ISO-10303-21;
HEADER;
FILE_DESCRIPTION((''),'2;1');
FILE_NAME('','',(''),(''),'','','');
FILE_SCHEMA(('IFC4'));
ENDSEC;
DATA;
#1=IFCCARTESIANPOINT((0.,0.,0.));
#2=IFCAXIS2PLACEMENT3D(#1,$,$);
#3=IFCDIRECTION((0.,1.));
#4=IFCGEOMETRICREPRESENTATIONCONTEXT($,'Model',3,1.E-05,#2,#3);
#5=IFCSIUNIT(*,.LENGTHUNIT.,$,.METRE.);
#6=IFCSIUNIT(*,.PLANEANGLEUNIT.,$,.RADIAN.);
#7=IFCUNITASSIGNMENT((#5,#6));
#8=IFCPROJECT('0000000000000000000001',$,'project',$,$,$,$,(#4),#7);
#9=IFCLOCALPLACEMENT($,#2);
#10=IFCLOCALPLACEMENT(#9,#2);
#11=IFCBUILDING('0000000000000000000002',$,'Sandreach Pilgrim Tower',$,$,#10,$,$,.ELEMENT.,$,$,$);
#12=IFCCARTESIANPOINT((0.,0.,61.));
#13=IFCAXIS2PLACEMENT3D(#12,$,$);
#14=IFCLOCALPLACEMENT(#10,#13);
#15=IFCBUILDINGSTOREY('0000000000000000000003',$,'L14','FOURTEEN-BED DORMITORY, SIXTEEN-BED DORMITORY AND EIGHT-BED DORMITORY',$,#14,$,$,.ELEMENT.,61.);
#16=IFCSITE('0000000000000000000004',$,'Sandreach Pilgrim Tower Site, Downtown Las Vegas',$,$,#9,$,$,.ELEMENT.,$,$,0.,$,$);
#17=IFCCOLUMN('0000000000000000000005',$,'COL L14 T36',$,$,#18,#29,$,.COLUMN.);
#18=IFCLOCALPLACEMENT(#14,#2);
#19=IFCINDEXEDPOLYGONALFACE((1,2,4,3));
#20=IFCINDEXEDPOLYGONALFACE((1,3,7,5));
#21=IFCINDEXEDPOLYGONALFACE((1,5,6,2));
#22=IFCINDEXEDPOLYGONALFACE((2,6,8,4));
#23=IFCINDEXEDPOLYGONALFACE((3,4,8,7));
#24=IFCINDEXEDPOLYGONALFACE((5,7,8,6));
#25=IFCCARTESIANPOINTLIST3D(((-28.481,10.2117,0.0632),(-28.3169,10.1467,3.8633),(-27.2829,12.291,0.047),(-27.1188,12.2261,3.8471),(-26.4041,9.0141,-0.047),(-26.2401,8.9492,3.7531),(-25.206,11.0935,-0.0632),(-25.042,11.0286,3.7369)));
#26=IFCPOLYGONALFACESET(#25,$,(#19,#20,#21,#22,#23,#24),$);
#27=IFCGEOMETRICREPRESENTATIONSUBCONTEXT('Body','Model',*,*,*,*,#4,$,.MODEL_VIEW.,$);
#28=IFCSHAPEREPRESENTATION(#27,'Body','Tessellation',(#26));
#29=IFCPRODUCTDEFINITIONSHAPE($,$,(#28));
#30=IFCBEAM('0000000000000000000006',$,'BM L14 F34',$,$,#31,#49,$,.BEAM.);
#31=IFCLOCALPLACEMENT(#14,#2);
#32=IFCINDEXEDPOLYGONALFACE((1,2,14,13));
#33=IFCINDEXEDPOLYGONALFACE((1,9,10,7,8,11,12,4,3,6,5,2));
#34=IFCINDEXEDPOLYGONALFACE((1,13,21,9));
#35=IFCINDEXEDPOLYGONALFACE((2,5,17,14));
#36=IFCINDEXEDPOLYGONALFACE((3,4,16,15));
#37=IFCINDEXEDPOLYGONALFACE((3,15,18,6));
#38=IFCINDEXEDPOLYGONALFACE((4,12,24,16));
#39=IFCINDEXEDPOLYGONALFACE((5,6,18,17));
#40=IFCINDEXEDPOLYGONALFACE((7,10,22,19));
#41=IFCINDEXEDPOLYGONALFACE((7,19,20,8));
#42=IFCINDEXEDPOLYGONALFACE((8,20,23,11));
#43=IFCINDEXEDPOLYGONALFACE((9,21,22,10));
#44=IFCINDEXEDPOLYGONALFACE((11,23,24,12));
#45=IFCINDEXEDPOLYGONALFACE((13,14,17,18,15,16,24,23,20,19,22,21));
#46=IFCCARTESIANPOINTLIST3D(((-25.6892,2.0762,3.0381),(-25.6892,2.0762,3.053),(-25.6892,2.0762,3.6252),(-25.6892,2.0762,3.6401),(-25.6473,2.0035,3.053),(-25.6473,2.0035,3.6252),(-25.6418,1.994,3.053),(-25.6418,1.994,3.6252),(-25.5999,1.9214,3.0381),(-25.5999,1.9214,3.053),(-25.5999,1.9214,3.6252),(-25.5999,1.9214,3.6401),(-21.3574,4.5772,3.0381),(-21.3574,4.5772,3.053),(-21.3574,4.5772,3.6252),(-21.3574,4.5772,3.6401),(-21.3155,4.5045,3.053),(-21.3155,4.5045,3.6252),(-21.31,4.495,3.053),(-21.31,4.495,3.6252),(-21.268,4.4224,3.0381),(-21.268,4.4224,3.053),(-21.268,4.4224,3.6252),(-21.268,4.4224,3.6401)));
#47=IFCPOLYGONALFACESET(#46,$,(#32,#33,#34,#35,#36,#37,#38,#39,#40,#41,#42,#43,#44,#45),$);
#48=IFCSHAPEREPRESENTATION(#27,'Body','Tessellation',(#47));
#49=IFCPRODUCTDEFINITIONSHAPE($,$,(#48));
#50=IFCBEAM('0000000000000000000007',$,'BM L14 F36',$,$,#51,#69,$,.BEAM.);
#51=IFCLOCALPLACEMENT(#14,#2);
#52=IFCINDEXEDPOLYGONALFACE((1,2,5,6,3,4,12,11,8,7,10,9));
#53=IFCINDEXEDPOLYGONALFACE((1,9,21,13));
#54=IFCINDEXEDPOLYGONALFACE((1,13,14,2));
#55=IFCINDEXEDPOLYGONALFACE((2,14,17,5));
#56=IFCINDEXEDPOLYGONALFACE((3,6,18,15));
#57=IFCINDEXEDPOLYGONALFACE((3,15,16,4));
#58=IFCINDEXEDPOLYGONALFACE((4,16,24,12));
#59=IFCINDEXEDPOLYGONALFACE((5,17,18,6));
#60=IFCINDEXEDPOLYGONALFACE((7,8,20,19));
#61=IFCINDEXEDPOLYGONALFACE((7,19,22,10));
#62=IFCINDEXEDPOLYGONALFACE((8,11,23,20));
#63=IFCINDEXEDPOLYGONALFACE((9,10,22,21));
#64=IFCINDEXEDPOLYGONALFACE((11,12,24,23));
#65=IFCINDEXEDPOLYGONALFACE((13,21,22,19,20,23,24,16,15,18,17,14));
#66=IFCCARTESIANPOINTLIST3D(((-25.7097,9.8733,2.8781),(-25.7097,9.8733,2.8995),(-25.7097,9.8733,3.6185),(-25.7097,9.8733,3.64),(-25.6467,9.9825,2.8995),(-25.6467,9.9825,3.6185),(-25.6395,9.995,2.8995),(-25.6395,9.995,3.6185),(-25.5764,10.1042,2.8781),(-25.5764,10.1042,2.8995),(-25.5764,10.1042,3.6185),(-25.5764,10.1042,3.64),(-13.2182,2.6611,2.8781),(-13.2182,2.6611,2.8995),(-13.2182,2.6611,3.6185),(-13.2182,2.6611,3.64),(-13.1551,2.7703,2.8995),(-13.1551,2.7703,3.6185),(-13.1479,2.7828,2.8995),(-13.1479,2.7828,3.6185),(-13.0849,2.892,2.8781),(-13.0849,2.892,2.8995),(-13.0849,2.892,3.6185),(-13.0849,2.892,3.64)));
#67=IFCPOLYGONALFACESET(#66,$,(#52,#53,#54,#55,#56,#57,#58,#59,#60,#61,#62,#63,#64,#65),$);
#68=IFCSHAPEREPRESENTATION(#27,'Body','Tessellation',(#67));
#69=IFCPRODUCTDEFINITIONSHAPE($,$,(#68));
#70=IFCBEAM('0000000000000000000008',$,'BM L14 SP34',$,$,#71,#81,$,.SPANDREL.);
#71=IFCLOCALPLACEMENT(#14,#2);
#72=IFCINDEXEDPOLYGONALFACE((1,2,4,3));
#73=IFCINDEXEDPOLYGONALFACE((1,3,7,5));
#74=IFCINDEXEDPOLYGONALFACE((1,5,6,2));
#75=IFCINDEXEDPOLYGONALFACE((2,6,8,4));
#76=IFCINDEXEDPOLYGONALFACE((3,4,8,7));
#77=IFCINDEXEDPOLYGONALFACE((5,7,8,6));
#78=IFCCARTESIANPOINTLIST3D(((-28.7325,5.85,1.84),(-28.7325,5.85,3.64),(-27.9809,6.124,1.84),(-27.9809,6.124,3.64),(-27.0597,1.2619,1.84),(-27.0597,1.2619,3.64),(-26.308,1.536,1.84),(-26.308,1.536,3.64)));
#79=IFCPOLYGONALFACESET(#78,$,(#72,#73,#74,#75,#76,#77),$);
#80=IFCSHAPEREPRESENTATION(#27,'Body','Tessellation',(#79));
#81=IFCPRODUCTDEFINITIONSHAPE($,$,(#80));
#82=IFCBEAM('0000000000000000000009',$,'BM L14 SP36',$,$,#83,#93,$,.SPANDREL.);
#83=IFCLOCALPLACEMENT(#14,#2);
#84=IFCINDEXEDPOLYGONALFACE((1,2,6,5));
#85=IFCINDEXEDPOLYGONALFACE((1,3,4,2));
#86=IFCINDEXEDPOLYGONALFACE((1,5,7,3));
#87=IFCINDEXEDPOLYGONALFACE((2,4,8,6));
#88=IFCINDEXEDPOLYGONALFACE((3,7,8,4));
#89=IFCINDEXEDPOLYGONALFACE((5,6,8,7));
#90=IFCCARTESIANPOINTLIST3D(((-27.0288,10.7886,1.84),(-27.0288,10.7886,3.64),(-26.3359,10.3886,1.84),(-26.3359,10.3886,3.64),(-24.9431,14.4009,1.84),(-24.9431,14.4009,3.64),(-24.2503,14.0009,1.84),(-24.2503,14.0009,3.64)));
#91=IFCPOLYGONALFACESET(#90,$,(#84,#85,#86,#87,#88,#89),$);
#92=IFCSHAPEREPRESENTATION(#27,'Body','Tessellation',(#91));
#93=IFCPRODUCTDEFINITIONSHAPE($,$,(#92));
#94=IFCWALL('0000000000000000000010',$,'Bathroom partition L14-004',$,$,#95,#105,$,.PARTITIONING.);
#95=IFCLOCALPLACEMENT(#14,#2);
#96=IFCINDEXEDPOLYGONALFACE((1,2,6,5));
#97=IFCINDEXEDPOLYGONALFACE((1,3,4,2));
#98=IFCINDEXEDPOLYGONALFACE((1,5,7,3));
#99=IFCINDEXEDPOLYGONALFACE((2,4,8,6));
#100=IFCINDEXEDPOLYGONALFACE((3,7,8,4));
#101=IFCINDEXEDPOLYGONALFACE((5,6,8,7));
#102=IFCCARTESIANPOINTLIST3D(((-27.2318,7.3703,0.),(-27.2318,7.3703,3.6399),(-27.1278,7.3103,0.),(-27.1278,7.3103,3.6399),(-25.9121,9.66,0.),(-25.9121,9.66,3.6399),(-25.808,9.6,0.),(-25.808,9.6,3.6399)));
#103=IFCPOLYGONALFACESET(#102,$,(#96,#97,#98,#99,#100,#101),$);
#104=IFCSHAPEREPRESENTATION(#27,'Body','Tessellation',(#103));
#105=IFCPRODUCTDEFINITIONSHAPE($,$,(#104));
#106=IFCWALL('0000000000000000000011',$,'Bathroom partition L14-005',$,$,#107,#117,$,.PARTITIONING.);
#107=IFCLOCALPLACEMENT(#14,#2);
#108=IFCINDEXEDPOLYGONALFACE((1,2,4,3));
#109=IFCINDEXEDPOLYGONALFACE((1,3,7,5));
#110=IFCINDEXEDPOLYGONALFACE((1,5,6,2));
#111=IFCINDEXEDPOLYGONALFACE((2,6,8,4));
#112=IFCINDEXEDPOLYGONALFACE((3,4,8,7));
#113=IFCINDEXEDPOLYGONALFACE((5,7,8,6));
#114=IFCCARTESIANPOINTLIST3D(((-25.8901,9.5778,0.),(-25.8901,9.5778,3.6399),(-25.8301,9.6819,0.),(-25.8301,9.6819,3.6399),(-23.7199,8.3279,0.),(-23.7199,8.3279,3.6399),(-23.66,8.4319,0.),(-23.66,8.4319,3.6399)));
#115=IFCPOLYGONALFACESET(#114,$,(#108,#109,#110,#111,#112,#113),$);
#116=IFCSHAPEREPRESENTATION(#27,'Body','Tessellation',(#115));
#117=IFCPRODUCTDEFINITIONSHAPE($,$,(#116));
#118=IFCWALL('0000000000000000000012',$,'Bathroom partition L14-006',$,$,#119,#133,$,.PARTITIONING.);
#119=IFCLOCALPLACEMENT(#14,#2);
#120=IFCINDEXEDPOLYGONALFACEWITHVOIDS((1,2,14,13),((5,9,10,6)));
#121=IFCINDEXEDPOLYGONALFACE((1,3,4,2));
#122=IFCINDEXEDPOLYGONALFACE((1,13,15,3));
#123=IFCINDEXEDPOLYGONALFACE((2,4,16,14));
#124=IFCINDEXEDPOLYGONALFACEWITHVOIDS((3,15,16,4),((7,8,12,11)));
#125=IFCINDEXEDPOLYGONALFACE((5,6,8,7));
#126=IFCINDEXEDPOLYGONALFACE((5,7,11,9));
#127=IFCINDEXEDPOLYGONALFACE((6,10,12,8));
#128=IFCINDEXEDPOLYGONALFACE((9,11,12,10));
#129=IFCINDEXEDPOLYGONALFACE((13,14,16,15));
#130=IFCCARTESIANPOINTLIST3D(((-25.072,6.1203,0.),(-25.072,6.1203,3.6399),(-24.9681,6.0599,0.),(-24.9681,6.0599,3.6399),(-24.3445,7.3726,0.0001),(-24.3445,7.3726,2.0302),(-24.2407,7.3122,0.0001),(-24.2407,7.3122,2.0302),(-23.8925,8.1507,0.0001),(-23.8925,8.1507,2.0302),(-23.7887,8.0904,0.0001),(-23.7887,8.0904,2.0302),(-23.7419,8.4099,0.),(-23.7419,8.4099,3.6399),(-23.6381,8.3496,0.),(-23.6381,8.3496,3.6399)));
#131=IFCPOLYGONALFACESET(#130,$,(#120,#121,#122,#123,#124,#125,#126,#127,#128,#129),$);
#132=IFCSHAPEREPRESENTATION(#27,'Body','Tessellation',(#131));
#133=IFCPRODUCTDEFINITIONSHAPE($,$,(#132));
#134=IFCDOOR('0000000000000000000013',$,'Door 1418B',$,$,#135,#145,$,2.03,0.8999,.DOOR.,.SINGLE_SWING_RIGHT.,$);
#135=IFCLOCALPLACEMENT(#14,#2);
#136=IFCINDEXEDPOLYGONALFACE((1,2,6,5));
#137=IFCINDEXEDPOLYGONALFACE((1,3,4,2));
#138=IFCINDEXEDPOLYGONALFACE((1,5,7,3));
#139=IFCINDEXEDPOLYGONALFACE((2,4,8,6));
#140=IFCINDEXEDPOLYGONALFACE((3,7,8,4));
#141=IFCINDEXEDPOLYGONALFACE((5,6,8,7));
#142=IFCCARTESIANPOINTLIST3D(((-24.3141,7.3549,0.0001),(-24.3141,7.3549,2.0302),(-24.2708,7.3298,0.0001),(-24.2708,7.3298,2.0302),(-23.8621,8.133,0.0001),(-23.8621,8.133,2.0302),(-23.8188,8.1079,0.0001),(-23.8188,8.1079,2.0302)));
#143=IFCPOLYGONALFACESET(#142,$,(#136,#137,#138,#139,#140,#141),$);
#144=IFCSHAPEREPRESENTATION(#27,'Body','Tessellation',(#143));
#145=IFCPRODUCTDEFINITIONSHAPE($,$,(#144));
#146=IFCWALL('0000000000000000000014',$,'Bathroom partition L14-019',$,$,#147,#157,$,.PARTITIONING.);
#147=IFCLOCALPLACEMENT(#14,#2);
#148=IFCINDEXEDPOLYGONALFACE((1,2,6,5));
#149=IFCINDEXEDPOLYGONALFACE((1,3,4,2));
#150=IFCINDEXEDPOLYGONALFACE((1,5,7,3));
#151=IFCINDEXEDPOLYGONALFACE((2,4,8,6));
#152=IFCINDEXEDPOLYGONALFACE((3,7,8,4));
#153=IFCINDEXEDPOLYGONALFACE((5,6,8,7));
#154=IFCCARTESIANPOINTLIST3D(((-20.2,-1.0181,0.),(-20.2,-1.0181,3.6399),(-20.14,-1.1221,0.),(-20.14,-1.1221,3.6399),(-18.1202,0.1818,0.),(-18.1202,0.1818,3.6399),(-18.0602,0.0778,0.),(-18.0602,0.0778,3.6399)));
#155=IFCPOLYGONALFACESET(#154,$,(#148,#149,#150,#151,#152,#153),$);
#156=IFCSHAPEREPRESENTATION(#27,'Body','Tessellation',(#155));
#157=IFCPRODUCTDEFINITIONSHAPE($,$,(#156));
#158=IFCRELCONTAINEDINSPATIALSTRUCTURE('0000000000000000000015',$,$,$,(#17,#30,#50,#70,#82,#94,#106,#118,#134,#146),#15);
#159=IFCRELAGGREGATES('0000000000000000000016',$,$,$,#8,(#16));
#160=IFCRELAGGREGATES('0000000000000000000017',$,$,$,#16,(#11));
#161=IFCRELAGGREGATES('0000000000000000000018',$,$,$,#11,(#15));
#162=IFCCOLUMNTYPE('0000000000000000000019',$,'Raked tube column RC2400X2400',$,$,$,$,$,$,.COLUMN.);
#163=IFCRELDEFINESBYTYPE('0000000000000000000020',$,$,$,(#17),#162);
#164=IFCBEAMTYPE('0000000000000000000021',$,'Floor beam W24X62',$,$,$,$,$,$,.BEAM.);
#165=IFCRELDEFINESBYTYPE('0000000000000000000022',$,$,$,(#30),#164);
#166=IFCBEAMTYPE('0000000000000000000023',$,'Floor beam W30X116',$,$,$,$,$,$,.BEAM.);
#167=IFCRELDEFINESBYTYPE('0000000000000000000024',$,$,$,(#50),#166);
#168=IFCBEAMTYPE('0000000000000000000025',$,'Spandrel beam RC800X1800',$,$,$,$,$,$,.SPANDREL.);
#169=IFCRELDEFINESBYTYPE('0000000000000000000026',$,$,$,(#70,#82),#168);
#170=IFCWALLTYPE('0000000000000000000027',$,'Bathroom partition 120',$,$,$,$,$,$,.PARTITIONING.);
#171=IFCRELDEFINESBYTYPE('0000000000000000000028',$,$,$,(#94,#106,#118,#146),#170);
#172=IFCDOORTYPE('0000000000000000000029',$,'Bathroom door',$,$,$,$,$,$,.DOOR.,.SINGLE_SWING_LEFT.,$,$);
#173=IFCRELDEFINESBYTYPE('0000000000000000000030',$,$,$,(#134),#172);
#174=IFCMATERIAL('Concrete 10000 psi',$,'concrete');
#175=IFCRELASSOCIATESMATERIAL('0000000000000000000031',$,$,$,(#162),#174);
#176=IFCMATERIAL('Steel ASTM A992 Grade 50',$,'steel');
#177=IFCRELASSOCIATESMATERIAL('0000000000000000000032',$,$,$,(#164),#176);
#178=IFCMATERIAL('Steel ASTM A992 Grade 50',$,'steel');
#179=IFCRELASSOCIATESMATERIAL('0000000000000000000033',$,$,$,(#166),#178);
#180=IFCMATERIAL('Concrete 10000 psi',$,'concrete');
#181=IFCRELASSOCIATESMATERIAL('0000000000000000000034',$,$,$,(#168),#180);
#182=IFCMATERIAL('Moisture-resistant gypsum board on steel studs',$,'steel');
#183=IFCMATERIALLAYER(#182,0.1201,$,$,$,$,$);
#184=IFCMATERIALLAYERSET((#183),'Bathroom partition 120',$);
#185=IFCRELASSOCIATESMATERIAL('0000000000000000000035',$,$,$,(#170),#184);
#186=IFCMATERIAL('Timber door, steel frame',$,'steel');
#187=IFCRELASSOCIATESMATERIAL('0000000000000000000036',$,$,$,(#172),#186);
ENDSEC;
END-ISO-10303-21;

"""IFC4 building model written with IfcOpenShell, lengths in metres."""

from ifc_helpers import new_model, si_unit, direction, frame, frame_2d, origin, origin_2d, place, context, subcontext, project, spatial, rectangle, i_section, extrude, material, layer, layer_set, material_profile, profile_set, type_object, element, fill, save


model = new_model("IFC4")

# Units and contexts
model_context = context("Model", 3, precision=1e-05, world=origin(), true_north=direction((0.0, 1.0)))
body_context = subcontext(model_context, "Body", "Model", "MODEL_VIEW")
ifc_project = project(units=[si_unit("LENGTHUNIT", "METRE"), si_unit("PLANEANGLEUNIT", "RADIAN")], contexts=[model_context])

# Site, building, storey
site_placement = place(None, origin())
site = spatial("IfcSite", under=ifc_project, at=site_placement, Name="Sandreach Pilgrim Tower Site, Downtown Las Vegas", CompositionType="ELEMENT", RefElevation=0.0)
building_placement = place(site_placement, origin())
building = spatial("IfcBuilding", under=site, at=building_placement, Name="Sandreach Pilgrim Tower", CompositionType="ELEMENT")
storey_placement = place(building_placement, frame((0.0, 0.0, 61.0)))
storey = spatial("IfcBuildingStorey", under=building, at=storey_placement, Name="L14", Description="FOURTEEN-BED DORMITORY, SIXTEEN-BED DORMITORY AND EIGHT-BED DORMITORY", CompositionType="ELEMENT", Elevation=61.0)

# Column
ifc_material_1 = material(Name="Concrete 10000 psi", Category="concrete")
ifc_material_profile_1 = material_profile(ifc_material_1, rectangle(XDim=2.3999, YDim=2.3999, at=origin_2d()), Name="RC2400X2400")
ifc_profile_set_1 = profile_set([ifc_material_profile_1], Name="Concrete 10000 psi")
column_type = type_object("IfcColumnType", Name="Raked tube column RC2400X2400", PredefinedType="COLUMN", material=ifc_profile_set_1)
column_placement = place(storey_placement, frame((-26.8435, 10.6526, 0.0), z_axis=(0.043127, -0.017071, 0.998924), x_axis=(-0.865394, 0.498986, 0.04589)))
element("IfcColumn", 1, at=column_placement, inside=storey, type_object=column_type, Name="COL L14 T36", PredefinedType="COLUMN", context=body_context, shape_type="SweptSolid", body=[
    extrude(rectangle(XDim=2.3999, YDim=2.3999, at=origin_2d()), origin(), (0.0, 0.0, 1.0), 3.8042),
])

# Beams
ifc_material_2 = material(Name="Steel ASTM A992 Grade 50", Category="steel")
ifc_material_profile_2 = material_profile(ifc_material_2, i_section(OverallWidth=0.1787, OverallDepth=0.6021, WebThickness=0.011, FlangeThickness=0.0149, at=origin_2d()), Name="W24X62")
ifc_profile_set_2 = profile_set([ifc_material_profile_2], Name="Steel ASTM A992 Grade 50")
beam_type_1 = type_object("IfcBeamType", Name="Floor beam W24X62", PredefinedType="BEAM", material=ifc_profile_set_2)
beam_1_placement = place(storey_placement, frame((-25.6445, 1.9988, 3.3391), z_axis=(0.866024, 0.500003, 0.0), x_axis=(-0.500003, 0.866024, 0.0)))
element("IfcBeam", 2, at=beam_1_placement, inside=storey, type_object=beam_type_1, Name="BM L14 F34", PredefinedType="BEAM", context=body_context, shape_type="SweptSolid", body=[
    extrude(i_section(OverallWidth=0.1787, OverallDepth=0.6021, WebThickness=0.011, FlangeThickness=0.0149, at=origin_2d()), origin(), (0.0, 0.0, 1.0), 5.002),
])
ifc_material_3 = material(Name="Steel ASTM A992 Grade 50", Category="steel")
ifc_material_profile_3 = material_profile(ifc_material_3, i_section(OverallWidth=0.2666, OverallDepth=0.762, WebThickness=0.0144, FlangeThickness=0.0215, at=origin_2d()), Name="W30X116")
ifc_profile_set_3 = profile_set([ifc_material_profile_3], Name="Steel ASTM A992 Grade 50")
beam_type_2 = type_object("IfcBeamType", Name="Floor beam W30X116", PredefinedType="BEAM", material=ifc_profile_set_3)
beam_2_placement = place(storey_placement, frame((-25.6431, 9.9888, 3.259), z_axis=(0.866019, -0.500011, 0.0), x_axis=(0.500011, 0.866019, 0.0)))
element("IfcBeam", 3, at=beam_2_placement, inside=storey, type_object=beam_type_2, Name="BM L14 F36", PredefinedType="BEAM", context=body_context, shape_type="SweptSolid", body=[
    extrude(i_section(OverallWidth=0.2666, OverallDepth=0.762, WebThickness=0.0144, FlangeThickness=0.0215, at=origin_2d()), origin(), (0.0, 0.0, 1.0), 14.4241),
])
ifc_material_4 = material(Name="Concrete 10000 psi", Category="concrete")
ifc_material_profile_4 = material_profile(ifc_material_4, rectangle(XDim=0.8, YDim=1.8, at=origin_2d()), Name="RC800X1800")
ifc_profile_set_4 = profile_set([ifc_material_profile_4], Name="Concrete 10000 psi")
beam_type_3 = type_object("IfcBeamType", Name="Spandrel beam RC800X1800", PredefinedType="SPANDREL", material=ifc_profile_set_4)
beam_3_placement = place(storey_placement, frame((-26.6838, 1.3989, 2.74), z_axis=(-0.342546, 0.939501, 0.0), x_axis=(-0.939501, -0.342546, 0.0)))
element("IfcBeam", 4, at=beam_3_placement, inside=storey, type_object=beam_type_3, Name="BM L14 SP34", PredefinedType="SPANDREL", context=body_context, shape_type="SweptSolid", body=[
    extrude(rectangle(XDim=0.8, YDim=1.8, at=origin_2d()), origin(), (0.0, 0.0, 1.0), 4.8835),
])
beam_4_placement = place(storey_placement, frame((-26.6824, 10.5886, 2.74), z_axis=(0.500023, 0.866012, 0.0), x_axis=(-0.866012, 0.500023, 0.0)))
element("IfcBeam", 5, at=beam_4_placement, inside=storey, type_object=beam_type_3, Name="BM L14 SP36", PredefinedType="SPANDREL", context=body_context, shape_type="SweptSolid", body=[
    extrude(rectangle(XDim=0.8, YDim=1.8, at=origin_2d()), origin(), (0.0, 0.0, 1.0), 4.1711),
])

# Walls
ifc_material_5 = material(Name="Moisture-resistant gypsum board on steel studs", Category="steel")
ifc_layer_1 = layer(ifc_material_5, 0.1201)
ifc_layer_set_1 = layer_set([ifc_layer_1], Name="Bathroom partition 120")
wall_type_1 = type_object("IfcWallType", Name="Bathroom partition 120", PredefinedType="PARTITIONING", material=ifc_layer_set_1)
wall_1_placement = place(storey_placement, frame((-25.8601, 9.6299, 0.0), z_axis=(0.0, 0.0, 1.0), x_axis=(-0.499379, -0.866384, 0.0)))
element("IfcWall", 6, at=wall_1_placement, inside=storey, type_object=wall_type_1, Name="Bathroom partition L14-004", PredefinedType="PARTITIONING", context=body_context, shape_type="SweptSolid", body=[
    extrude(rectangle(XDim=2.6428, YDim=0.1201, at=frame_2d((1.3213, 0.0))), origin(), (0.0, 0.0, 1.0), 3.6399),
])
wall_2_placement = place(storey_placement, frame((-25.8601, 9.6299, 0.0), z_axis=(0.0, 0.0, 1.0), x_axis=(0.866534, -0.499118, 0.0)))
element("IfcWall", 7, at=wall_2_placement, inside=storey, type_object=wall_type_1, Name="Bathroom partition L14-005", PredefinedType="PARTITIONING", context=body_context, shape_type="SweptSolid", body=[
    extrude(rectangle(XDim=2.5044, YDim=0.1201, at=frame_2d((1.2522, 0.0))), origin(), (0.0, 0.0, 1.0), 3.6399),
])

# Wall, opening, door
wall_3_placement = place(storey_placement, frame((-25.02, 6.0901, 0.0), z_axis=(0.0, 0.0, 1.0), x_axis=(0.502282, 0.864704, 0.0)))
wall_3 = element("IfcWall", 8, at=wall_3_placement, inside=storey, type_object=wall_type_1, Name="Bathroom partition L14-006", PredefinedType="PARTITIONING", context=body_context, shape_type="SweptSolid", body=[
    extrude(rectangle(XDim=2.6479, YDim=0.1201, at=frame_2d((1.324, 0.0))), origin(), (0.0, 0.0, 1.0), 3.6399),
])
opening_1_placement = place(wall_3_placement, frame((1.4482, 0.0, 0.0)))
opening_1 = element("IfcOpeningElement", 9, at=opening_1_placement, cuts=wall_3, PredefinedType="OPENING", context=body_context, shape_type="SweptSolid", body=[
    extrude(rectangle(XDim=0.8999, YDim=2.03, at=frame_2d((0.45, 1.0151))), frame((0.0, 0.0601, 0.0), z_axis=(0.0, -1.0, 0.0), x_axis=(1.0, 0.0, 0.0)), (0.0, 0.0, 1.0), 0.1201),
])
ifc_material_6 = material(Name="Timber door, steel frame", Category="steel")
door_type_1 = type_object("IfcDoorType", Name="Bathroom door", OperationType="SINGLE_SWING_LEFT", PredefinedType="DOOR", material=ifc_material_6)
door_1_placement = place(opening_1_placement, origin())
door_1 = element("IfcDoor", 10, at=door_1_placement, inside=storey, type_object=door_type_1, Name="Door 1418B", OperationType="SINGLE_SWING_RIGHT", OverallHeight=2.03, OverallWidth=0.8999, PredefinedType="DOOR", context=body_context, shape_type="SweptSolid", body=[
    extrude(rectangle(XDim=0.8999, YDim=2.03, at=frame_2d((0.45, 1.0151))), frame((0.0, 0.0249, 0.0), z_axis=(0.0, -1.0, 0.0), x_axis=(1.0, 0.0, 0.0)), (0.0, 0.0, 1.0), 0.05),
])
fill(opening_1, door_1)

# Wall
wall_4_placement = place(storey_placement, frame((-18.0901, 0.1299, 0.0), z_axis=(0.0, 0.0, 1.0), x_axis=(-0.866177, -0.499737, 0.0)))
element("IfcWall", 11, at=wall_4_placement, inside=storey, type_object=wall_type_1, Name="Bathroom partition L14-019", PredefinedType="PARTITIONING", context=body_context, shape_type="SweptSolid", body=[
    extrude(rectangle(XDim=2.4011, YDim=0.1201, at=frame_2d((1.2007, 0.0))), origin(), (0.0, 0.0, 1.0), 3.6399),
])

save(model, "model.ifc")
